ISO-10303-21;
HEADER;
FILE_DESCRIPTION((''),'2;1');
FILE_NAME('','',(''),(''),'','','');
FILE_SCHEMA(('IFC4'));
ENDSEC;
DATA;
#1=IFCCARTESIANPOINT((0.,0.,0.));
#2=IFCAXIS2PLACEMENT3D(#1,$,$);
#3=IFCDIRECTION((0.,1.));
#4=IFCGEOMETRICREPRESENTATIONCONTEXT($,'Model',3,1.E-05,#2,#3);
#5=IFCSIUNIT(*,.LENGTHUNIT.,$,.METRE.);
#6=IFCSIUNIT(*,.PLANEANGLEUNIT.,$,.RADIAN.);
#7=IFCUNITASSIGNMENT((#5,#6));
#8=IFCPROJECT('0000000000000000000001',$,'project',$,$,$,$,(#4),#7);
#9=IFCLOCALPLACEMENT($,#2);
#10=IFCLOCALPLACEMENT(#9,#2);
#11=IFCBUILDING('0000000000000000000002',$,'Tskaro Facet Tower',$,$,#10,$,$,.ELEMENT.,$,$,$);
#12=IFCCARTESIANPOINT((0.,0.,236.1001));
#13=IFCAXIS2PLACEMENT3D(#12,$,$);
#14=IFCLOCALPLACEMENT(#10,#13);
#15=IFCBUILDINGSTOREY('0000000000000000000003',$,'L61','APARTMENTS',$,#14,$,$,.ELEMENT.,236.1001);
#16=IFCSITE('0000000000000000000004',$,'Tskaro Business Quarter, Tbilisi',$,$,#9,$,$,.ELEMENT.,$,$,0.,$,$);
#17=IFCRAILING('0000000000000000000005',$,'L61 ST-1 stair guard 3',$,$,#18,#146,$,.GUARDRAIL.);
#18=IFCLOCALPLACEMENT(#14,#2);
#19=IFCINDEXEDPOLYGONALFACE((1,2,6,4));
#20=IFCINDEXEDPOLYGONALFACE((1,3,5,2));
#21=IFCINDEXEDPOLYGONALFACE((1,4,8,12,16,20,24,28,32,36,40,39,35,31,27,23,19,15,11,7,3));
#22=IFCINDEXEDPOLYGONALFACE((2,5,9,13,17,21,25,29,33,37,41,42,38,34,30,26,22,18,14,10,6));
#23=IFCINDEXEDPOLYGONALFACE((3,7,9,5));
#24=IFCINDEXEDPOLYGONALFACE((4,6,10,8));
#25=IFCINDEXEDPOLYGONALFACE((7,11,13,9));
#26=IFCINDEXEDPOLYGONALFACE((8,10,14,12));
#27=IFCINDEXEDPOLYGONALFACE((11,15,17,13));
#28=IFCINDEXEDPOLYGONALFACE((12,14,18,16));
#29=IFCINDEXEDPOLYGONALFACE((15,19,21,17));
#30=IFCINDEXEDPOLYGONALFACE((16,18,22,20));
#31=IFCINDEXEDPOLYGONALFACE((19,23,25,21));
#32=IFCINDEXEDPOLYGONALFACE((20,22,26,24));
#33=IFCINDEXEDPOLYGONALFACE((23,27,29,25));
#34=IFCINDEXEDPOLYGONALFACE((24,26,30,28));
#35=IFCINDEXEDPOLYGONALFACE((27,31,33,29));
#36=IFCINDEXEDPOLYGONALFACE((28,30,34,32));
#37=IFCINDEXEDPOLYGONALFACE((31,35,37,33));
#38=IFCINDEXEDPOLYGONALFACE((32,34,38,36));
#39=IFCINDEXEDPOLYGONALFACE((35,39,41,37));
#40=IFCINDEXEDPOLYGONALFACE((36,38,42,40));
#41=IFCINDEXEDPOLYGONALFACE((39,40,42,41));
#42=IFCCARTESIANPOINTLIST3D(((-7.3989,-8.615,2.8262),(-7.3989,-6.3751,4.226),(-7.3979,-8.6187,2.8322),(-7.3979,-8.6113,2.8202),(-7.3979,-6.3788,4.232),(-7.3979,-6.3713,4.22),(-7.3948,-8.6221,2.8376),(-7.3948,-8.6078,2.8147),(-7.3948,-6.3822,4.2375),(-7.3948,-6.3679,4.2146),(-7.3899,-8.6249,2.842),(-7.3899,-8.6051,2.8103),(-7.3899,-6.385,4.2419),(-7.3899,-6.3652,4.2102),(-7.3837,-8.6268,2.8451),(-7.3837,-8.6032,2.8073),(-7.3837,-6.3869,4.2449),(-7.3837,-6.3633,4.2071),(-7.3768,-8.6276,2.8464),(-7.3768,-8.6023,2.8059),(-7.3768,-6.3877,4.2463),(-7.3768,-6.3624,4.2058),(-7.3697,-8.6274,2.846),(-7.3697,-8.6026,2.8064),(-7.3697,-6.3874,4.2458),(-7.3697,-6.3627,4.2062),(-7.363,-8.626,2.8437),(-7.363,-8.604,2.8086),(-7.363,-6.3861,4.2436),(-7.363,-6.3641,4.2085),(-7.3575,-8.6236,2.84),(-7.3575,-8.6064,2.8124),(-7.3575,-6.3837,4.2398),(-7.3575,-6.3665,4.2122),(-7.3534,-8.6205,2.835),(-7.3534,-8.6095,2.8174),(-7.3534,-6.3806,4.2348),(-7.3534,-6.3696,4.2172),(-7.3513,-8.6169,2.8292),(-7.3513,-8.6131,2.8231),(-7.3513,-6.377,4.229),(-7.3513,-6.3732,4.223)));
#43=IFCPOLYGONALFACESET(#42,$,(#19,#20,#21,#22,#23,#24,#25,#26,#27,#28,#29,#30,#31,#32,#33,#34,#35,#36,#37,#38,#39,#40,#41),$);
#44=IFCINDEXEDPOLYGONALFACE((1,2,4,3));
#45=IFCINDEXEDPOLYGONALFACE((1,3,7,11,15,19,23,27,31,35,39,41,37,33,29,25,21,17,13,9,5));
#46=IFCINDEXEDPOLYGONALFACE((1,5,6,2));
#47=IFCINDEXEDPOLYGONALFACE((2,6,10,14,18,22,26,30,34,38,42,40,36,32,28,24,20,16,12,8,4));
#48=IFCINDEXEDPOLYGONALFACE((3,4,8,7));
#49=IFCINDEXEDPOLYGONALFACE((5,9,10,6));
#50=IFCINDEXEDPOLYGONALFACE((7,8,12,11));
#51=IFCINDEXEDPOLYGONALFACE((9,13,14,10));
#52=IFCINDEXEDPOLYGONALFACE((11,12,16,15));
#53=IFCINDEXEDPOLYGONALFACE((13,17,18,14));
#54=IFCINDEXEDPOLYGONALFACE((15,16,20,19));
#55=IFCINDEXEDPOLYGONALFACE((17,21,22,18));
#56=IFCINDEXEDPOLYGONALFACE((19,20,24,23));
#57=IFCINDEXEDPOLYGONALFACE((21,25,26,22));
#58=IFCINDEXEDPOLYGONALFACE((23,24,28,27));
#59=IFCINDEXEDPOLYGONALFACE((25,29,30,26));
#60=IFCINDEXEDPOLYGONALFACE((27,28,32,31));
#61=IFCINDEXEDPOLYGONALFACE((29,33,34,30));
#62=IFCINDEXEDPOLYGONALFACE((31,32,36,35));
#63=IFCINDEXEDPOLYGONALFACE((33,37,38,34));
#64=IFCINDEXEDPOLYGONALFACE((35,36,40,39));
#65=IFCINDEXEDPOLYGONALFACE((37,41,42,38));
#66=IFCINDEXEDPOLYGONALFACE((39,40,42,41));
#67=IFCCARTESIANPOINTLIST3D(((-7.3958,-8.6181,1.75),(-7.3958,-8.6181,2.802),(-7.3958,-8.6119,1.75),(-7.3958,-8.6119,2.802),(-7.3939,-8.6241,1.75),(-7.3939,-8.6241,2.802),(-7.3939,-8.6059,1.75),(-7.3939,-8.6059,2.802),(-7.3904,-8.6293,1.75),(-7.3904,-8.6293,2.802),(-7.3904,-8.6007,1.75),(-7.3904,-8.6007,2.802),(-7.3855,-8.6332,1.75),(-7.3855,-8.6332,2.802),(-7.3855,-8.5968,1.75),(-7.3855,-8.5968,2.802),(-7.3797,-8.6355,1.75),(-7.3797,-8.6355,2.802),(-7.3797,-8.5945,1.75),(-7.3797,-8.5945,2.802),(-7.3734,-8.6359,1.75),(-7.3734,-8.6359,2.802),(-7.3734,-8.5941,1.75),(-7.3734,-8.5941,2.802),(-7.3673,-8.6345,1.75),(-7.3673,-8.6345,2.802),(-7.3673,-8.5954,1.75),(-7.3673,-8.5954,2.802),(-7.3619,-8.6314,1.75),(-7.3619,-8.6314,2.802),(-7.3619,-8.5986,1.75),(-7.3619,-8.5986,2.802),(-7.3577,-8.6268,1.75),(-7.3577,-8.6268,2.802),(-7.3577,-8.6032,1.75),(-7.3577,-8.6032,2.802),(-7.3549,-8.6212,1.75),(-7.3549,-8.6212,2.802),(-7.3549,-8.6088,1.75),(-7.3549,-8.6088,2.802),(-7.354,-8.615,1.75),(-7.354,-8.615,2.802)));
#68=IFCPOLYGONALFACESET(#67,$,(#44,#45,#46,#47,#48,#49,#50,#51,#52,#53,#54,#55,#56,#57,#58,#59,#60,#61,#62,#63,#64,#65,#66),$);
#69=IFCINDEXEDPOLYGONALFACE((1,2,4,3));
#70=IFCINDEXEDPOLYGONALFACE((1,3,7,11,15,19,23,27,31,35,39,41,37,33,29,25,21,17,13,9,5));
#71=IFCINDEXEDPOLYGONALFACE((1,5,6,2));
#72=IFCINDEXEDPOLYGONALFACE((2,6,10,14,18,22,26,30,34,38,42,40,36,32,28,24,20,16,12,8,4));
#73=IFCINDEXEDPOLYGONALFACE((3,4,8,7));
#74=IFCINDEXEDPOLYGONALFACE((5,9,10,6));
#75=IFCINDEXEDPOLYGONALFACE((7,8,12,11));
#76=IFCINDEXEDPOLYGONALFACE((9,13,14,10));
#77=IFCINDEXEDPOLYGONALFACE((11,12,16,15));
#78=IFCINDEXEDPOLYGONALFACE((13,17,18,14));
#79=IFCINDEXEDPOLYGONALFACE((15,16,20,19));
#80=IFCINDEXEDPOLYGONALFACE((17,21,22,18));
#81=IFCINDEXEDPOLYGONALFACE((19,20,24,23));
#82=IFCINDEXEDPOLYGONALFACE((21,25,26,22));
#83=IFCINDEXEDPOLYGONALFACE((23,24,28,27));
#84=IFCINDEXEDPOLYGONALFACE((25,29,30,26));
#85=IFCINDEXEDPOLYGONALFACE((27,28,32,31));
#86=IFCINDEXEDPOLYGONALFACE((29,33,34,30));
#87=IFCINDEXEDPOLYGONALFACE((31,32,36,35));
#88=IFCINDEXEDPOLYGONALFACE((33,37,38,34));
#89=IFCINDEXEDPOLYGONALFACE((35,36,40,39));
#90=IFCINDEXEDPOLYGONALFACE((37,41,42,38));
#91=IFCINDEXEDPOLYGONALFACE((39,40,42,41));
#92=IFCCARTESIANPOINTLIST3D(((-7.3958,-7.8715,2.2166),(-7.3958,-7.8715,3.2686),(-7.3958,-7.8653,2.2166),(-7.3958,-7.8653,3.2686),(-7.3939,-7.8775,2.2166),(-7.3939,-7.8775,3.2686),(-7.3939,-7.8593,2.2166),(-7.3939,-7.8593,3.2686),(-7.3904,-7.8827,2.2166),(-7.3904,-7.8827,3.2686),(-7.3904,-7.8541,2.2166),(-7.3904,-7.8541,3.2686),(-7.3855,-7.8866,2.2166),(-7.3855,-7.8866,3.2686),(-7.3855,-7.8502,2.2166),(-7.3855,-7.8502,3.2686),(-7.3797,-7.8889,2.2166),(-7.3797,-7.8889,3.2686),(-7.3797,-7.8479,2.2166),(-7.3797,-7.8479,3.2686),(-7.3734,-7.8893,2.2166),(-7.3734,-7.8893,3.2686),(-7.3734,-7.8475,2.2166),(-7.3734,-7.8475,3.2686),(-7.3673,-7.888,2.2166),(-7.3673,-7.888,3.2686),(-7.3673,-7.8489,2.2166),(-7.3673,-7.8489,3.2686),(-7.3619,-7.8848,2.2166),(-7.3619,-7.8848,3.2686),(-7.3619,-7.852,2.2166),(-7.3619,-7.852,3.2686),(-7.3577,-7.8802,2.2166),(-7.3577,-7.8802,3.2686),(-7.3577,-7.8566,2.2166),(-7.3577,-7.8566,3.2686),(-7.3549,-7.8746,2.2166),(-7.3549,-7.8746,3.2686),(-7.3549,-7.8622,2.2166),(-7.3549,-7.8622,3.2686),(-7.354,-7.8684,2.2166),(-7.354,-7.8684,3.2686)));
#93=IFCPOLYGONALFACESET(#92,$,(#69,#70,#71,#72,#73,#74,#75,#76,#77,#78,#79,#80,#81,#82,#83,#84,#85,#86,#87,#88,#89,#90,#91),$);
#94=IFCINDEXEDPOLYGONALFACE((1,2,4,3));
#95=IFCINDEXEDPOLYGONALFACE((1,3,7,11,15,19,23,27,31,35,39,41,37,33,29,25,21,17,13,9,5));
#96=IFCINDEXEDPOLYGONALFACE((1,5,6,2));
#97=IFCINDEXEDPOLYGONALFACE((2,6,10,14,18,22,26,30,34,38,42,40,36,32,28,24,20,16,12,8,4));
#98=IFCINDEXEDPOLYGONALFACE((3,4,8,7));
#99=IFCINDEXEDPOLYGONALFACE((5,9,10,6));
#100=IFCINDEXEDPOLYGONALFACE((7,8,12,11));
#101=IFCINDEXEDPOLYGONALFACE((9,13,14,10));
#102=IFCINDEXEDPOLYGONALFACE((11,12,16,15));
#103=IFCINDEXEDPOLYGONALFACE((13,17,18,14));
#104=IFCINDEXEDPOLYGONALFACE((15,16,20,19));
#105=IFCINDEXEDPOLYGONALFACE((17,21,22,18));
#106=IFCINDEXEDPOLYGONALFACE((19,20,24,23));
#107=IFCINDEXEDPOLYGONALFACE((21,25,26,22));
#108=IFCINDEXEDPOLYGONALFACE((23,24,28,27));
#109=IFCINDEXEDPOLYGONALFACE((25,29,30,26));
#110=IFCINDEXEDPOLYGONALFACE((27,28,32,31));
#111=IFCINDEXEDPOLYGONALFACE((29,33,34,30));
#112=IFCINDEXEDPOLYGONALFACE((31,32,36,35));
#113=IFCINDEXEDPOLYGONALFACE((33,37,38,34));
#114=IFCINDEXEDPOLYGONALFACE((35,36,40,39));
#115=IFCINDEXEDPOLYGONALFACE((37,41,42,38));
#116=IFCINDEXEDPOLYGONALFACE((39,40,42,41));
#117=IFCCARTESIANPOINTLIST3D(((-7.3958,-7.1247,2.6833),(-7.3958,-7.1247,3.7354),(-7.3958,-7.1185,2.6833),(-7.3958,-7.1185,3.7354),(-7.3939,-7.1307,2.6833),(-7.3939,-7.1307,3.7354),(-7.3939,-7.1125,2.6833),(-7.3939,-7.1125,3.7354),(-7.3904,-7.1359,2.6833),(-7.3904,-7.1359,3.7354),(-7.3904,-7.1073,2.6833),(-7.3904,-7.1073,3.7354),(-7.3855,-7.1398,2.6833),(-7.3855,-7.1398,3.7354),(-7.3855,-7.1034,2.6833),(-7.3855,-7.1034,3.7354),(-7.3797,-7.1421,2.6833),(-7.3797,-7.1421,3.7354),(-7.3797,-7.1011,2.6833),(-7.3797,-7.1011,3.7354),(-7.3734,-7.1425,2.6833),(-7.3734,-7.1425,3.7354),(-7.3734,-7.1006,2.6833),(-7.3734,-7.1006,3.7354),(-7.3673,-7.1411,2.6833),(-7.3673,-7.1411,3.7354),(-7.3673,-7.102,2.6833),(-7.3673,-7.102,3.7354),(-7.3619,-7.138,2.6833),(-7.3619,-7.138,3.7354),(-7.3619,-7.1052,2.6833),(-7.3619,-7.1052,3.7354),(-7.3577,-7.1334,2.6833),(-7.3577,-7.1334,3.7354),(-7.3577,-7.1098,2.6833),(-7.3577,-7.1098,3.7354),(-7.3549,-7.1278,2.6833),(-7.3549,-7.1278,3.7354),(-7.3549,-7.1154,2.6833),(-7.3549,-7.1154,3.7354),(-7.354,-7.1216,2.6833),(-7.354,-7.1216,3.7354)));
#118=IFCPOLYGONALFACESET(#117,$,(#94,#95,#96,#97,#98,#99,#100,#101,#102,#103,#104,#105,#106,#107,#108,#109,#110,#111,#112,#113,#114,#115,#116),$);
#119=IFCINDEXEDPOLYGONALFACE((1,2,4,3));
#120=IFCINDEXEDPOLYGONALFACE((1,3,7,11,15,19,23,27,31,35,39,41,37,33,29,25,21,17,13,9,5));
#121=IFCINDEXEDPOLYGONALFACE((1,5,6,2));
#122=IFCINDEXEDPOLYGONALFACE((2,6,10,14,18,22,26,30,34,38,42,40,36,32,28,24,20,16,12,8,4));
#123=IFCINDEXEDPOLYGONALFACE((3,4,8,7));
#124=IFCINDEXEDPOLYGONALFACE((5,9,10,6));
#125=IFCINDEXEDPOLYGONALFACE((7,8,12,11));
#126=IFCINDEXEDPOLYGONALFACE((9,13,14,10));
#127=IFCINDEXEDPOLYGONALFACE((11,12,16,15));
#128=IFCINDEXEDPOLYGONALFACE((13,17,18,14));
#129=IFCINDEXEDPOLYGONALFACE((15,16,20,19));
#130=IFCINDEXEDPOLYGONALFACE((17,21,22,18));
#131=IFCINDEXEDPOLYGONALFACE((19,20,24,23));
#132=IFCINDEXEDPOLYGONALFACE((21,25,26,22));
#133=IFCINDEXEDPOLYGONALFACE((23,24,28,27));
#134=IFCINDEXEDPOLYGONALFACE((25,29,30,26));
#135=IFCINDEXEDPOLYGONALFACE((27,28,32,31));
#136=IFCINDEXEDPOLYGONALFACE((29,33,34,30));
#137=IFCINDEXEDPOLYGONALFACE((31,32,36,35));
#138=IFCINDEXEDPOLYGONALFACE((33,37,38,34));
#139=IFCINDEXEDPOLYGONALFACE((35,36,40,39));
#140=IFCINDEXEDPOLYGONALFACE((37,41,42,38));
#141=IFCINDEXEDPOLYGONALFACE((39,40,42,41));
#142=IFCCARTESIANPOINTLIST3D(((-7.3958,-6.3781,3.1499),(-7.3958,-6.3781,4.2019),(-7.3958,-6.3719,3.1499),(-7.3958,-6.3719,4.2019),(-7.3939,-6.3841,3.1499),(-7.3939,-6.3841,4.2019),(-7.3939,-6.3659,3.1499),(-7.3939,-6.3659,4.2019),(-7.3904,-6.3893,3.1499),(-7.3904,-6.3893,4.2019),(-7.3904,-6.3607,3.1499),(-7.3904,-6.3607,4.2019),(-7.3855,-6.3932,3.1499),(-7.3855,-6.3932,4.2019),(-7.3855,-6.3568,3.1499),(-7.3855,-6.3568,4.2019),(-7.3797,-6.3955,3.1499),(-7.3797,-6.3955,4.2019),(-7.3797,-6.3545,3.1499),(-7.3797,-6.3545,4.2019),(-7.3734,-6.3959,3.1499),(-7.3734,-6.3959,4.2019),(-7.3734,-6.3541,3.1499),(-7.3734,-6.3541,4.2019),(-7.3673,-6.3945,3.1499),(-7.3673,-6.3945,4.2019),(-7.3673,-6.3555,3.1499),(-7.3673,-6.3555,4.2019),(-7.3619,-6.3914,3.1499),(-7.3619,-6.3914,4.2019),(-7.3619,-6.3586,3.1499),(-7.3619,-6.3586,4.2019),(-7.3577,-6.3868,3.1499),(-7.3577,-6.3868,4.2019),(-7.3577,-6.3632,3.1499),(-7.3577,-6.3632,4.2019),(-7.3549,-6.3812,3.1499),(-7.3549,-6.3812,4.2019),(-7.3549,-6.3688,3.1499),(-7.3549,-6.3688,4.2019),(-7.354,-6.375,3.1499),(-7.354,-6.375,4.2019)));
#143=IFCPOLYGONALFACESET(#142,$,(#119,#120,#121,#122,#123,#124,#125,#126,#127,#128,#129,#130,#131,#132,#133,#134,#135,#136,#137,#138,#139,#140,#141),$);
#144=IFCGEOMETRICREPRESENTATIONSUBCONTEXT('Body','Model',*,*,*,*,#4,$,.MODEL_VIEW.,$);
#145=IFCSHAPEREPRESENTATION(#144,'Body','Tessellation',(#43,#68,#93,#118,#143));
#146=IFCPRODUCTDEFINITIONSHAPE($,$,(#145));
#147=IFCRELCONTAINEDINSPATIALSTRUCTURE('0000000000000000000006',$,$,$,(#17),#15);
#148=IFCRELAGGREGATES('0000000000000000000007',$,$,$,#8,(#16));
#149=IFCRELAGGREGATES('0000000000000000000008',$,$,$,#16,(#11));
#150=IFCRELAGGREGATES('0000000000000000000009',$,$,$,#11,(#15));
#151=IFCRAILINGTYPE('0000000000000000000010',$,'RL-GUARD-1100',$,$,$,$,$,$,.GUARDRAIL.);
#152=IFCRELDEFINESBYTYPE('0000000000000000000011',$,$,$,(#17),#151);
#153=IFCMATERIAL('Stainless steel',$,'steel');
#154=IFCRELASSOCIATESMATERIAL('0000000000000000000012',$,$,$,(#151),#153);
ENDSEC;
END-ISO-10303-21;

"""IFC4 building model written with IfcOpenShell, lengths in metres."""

from ifc_helpers import new_model, si_unit, direction, frame, origin, origin_2d, place, context, subcontext, project, spatial, circle, extrude, material, type_object, element, save


model = new_model("IFC4")

# Units and contexts
model_context = context("Model", 3, precision=1e-05, world=origin(), true_north=direction((0.0, 1.0)))
body_context = subcontext(model_context, "Body", "Model", "MODEL_VIEW")
ifc_project = project(units=[si_unit("LENGTHUNIT", "METRE"), si_unit("PLANEANGLEUNIT", "RADIAN")], contexts=[model_context])

# Site, building, storey
site_placement = place(None, origin())
site = spatial("IfcSite", under=ifc_project, at=site_placement, Name="Tskaro Business Quarter, Tbilisi", CompositionType="ELEMENT", RefElevation=0.0)
building_placement = place(site_placement, origin())
building = spatial("IfcBuilding", under=site, at=building_placement, Name="Tskaro Facet Tower", CompositionType="ELEMENT")
storey_placement = place(building_placement, frame((0.0, 0.0, 236.1001)))
storey = spatial("IfcBuildingStorey", under=building, at=storey_placement, Name="L61", Description="APARTMENTS", CompositionType="ELEMENT", Elevation=236.1001)

# Shared definitions
ifc_material_1 = material(Name="Stainless steel", Category="steel")

# Railing
railing_type_1 = type_object("IfcRailingType", Name="RL-GUARD-1100", PredefinedType="GUARDRAIL", material=ifc_material_1)
railing_1_placement = place(storey_placement, frame((-7.375, -8.615, 1.75)))
element("IfcRailing", 1, at=railing_1_placement, inside=storey, type_object=railing_type_1, Name="L61 ST-1 stair guard 3", PredefinedType="GUARDRAIL", context=body_context, shape_type="SweptSolid", body=[
    extrude(circle(Radius=0.0239, at=origin_2d()), frame((0.0, 0.0, 1.0762), z_axis=(0.0, 0.848014, 0.529974), x_axis=(-1.0, 0.0, 0.0)), (0.0, 0.0, 1.0), 2.6414),
    extrude(circle(Radius=0.021, at=origin_2d()), origin(), (0.0, 0.0, 1.0), 1.052),
    extrude(circle(Radius=0.021, at=origin_2d()), frame((0.0, 0.7466, 0.4666)), (0.0, 0.0, 1.0), 1.052),
    extrude(circle(Radius=0.021, at=origin_2d()), frame((0.0, 1.4934, 0.9333)), (0.0, 0.0, 1.0), 1.052),
    extrude(circle(Radius=0.021, at=origin_2d()), frame((0.0, 2.24, 1.3999)), (0.0, 0.0, 1.0), 1.052),
])

save(model, "model.ifc")
